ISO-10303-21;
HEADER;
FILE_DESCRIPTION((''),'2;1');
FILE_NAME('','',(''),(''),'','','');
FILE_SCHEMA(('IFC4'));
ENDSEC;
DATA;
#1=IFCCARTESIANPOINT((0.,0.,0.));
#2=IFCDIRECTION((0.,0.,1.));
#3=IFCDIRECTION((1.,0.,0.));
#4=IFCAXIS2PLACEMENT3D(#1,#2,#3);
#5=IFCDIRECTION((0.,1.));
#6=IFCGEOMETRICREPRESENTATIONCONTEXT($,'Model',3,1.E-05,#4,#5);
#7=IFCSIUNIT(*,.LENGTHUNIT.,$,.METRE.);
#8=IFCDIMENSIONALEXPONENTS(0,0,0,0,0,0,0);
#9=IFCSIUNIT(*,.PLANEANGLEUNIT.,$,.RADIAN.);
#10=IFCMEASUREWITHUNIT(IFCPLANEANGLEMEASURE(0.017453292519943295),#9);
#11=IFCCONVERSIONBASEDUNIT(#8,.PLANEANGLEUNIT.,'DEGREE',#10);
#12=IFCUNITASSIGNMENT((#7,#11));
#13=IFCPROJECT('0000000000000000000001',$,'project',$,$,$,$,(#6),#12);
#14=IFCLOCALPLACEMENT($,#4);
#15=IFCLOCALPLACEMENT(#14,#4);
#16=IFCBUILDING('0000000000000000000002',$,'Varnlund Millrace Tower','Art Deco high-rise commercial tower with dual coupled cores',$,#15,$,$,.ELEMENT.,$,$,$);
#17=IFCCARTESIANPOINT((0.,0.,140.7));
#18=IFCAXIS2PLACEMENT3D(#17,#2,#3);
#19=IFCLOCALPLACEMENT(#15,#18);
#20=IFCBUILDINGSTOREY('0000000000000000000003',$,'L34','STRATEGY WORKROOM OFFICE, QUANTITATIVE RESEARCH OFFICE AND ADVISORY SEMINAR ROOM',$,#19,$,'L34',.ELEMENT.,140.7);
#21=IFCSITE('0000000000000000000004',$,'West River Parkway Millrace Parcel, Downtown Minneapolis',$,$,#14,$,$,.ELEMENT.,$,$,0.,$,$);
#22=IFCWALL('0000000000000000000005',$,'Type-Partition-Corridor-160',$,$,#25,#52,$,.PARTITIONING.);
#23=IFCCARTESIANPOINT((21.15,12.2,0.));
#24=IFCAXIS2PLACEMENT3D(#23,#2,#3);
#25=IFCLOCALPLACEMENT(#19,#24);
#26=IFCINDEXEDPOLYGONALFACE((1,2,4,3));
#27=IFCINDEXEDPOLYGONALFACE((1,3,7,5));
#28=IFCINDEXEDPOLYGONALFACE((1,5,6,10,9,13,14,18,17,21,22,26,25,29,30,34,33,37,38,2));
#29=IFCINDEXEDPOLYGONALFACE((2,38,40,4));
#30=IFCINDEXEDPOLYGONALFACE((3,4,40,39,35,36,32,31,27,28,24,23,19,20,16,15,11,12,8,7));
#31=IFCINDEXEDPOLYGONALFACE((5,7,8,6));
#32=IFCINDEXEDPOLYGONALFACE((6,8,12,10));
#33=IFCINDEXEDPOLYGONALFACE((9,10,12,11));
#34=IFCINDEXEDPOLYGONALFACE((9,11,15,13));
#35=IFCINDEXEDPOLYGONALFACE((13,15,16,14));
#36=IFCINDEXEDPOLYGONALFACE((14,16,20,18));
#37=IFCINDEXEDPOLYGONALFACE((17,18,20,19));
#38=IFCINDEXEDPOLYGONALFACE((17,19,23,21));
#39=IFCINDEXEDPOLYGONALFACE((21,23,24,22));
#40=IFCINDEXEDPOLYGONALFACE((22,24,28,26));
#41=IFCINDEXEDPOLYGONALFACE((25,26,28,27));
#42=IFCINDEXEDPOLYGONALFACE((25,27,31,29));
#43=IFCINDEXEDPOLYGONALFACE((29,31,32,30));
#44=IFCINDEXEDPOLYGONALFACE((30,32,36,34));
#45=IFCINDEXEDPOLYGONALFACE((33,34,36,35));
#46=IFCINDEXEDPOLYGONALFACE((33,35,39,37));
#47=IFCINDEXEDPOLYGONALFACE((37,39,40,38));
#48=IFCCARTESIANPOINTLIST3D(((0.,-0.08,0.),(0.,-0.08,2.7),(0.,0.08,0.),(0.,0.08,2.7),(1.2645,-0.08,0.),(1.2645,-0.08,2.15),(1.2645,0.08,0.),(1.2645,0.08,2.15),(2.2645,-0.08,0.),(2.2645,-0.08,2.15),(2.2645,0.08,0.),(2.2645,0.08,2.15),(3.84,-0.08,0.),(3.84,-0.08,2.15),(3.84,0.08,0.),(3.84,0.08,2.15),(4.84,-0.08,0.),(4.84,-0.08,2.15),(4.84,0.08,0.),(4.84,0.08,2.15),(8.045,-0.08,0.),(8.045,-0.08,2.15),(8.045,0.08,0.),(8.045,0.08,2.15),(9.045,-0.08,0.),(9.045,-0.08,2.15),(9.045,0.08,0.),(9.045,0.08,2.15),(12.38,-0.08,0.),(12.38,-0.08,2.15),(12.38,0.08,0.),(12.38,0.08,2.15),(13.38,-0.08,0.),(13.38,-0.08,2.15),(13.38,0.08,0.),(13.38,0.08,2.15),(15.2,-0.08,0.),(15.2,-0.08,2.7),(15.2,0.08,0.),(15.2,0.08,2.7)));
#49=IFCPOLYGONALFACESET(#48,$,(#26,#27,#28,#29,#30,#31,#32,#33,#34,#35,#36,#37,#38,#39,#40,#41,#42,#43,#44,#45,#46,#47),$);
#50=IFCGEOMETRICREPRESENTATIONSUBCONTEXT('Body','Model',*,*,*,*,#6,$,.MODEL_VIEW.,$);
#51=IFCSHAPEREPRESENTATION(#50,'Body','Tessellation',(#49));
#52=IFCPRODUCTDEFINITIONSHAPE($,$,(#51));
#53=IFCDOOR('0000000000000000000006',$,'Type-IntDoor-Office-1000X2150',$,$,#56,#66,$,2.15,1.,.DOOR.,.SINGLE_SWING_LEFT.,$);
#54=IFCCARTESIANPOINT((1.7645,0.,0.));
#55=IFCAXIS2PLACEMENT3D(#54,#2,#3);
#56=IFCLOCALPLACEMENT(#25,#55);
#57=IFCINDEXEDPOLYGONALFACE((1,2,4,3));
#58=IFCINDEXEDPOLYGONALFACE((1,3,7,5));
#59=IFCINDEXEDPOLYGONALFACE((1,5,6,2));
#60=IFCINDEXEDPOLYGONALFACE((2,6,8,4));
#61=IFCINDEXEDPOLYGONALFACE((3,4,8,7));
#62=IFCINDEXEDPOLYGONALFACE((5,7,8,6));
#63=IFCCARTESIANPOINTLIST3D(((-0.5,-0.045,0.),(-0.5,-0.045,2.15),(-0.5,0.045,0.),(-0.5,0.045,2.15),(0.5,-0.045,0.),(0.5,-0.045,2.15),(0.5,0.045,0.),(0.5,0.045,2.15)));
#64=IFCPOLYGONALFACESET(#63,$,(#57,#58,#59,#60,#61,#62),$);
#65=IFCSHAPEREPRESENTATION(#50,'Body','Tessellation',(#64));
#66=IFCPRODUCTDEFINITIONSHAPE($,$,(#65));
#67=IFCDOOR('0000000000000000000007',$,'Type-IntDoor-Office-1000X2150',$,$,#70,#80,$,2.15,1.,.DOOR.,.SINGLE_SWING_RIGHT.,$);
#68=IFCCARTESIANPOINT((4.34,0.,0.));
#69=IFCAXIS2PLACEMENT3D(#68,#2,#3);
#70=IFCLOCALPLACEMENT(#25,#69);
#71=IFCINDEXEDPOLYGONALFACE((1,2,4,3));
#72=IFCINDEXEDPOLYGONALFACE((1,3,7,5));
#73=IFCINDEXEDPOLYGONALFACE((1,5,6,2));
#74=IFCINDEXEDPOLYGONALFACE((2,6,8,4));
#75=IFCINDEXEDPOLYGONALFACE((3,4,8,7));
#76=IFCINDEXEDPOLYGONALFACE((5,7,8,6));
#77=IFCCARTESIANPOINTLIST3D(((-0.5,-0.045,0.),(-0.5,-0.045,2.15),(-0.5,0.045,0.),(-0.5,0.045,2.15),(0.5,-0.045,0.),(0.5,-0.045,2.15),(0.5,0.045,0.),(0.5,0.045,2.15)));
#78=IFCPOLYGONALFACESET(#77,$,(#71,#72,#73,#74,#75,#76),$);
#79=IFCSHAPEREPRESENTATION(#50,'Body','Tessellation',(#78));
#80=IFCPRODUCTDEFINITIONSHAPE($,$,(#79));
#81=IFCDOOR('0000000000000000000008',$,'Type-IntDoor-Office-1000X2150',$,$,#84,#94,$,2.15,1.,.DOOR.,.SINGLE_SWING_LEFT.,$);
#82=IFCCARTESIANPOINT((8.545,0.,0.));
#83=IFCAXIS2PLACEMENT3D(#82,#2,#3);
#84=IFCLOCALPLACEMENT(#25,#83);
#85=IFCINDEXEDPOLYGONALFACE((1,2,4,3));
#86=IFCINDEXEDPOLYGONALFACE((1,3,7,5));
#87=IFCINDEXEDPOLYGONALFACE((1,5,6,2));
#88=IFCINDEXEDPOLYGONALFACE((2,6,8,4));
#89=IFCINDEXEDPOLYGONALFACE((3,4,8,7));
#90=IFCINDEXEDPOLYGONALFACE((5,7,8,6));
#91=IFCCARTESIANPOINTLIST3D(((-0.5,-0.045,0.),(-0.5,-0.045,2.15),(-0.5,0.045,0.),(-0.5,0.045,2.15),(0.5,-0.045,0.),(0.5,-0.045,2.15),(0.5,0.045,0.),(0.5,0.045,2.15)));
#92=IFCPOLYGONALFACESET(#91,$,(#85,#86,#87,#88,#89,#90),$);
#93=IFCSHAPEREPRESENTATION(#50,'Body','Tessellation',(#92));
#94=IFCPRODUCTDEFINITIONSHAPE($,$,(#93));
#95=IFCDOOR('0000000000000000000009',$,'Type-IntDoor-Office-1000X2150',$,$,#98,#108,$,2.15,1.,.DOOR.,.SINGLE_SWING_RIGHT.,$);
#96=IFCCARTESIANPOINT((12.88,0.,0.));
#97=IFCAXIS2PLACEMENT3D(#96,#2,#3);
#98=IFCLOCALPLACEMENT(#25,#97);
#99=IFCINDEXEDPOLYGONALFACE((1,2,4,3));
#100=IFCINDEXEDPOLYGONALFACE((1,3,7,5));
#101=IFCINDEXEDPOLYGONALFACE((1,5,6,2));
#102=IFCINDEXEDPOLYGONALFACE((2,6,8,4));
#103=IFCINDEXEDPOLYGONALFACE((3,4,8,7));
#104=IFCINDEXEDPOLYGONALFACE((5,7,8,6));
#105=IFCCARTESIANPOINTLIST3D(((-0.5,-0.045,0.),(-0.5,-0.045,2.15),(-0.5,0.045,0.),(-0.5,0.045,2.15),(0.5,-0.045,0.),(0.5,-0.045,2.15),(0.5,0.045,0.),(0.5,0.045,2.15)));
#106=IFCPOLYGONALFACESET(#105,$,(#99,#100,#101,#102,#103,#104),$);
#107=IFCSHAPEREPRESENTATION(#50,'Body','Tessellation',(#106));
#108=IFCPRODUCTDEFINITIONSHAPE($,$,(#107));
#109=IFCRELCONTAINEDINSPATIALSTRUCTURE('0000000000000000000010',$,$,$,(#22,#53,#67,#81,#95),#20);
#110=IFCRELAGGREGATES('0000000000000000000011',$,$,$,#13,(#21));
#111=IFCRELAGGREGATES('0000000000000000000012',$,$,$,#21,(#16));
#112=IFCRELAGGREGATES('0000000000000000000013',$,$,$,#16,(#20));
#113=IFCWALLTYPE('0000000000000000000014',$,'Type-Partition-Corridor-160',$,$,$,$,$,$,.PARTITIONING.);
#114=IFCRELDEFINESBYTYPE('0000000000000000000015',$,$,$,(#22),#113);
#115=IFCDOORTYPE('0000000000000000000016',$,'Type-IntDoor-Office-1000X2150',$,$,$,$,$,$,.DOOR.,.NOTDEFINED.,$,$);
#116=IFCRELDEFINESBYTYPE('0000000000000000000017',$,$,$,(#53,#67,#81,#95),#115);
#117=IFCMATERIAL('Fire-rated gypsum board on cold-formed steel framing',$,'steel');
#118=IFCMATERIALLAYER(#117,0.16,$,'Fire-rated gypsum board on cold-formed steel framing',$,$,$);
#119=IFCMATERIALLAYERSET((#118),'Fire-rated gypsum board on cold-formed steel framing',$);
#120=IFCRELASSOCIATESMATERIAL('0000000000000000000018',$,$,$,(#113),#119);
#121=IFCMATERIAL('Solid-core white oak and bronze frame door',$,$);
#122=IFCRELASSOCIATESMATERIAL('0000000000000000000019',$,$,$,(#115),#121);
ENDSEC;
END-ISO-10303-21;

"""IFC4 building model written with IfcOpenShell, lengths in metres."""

from ifc_helpers import new_model, entity, si_unit, converted_unit, direction, frame, origin_with_axes, origin_2d_with_axis, place, context, subcontext, project, spatial, polyline, rectangle, outline, extrude, material, layer, layer_set, type_object, element, fill, save


model = new_model("IFC4")

# Units and contexts
model_context = context("Model", 3, precision=1e-05, world=origin_with_axes(), true_north=direction((0.0, 1.0)))
body_context = subcontext(model_context, "Body", "Model", "MODEL_VIEW")
ifc_project = project(units=[si_unit("LENGTHUNIT", "METRE"), converted_unit("PLANEANGLEUNIT", "DEGREE", entity("IfcPlaneAngleMeasure", 0.017453292519943295), si_unit("PLANEANGLEUNIT", "RADIAN"), dimensions=[0, 0, 0, 0, 0, 0, 0])], contexts=[model_context])

# Site, building, storey
site_placement = place(None, origin_with_axes())
site = spatial("IfcSite", under=ifc_project, at=site_placement, Name="West River Parkway Millrace Parcel, Downtown Minneapolis", CompositionType="ELEMENT", RefElevation=0.0)
building_placement = place(site_placement, origin_with_axes())
building = spatial("IfcBuilding", under=site, at=building_placement, Name="Varnlund Millrace Tower", Description="Art Deco high-rise commercial tower with dual coupled cores", CompositionType="ELEMENT")
storey_placement = place(building_placement, frame((0.0, 0.0, 140.7), z_axis=(0.0, 0.0, 1.0), x_axis=(1.0, 0.0, 0.0)))
storey = spatial("IfcBuildingStorey", under=building, at=storey_placement, Name="L34", Description="STRATEGY WORKROOM OFFICE, QUANTITATIVE RESEARCH OFFICE AND ADVISORY SEMINAR ROOM", LongName="L34", CompositionType="ELEMENT", Elevation=140.7)

# Wall, openings, doors
ifc_material_1 = material(Name="Fire-rated gypsum board on cold-formed steel framing", Category="steel")
ifc_layer_1 = layer(ifc_material_1, 0.16, Name="Fire-rated gypsum board on cold-formed steel framing")
ifc_layer_set_1 = layer_set([ifc_layer_1], Name="Fire-rated gypsum board on cold-formed steel framing")
wall_type_1 = type_object("IfcWallType", Name="Type-Partition-Corridor-160", PredefinedType="PARTITIONING", material=ifc_layer_set_1)
wall_1_placement = place(storey_placement, frame((21.15, 12.2, 0.0), z_axis=(0.0, 0.0, 1.0), x_axis=(1.0, 0.0, 0.0)))
wall_1 = element("IfcWall", 1, at=wall_1_placement, inside=storey, type_object=wall_type_1, Name="Type-Partition-Corridor-160", PredefinedType="PARTITIONING", context=body_context, shape_type="SweptSolid", body=[
    extrude(outline(polyline([(0.0, -0.08), (15.2, -0.08), (15.2, 0.08), (0.0, 0.08), (0.0, -0.08)])), origin_with_axes(), (0.0, 0.0, 1.0), 2.7),
])
opening_1_placement = place(wall_1_placement, frame((1.7645, 0.0, 0.0), z_axis=(0.0, 0.0, 1.0), x_axis=(1.0, 0.0, 0.0)))
opening_1 = element("IfcOpeningElement", 2, at=opening_1_placement, cuts=wall_1, PredefinedType="OPENING", context=body_context, shape_type="SweptSolid", body=[
    extrude(rectangle(XDim=1.0, YDim=0.18, at=origin_2d_with_axis()), origin_with_axes(), (0.0, 0.0, 1.0), 2.15),
])
opening_2_placement = place(wall_1_placement, frame((4.34, 0.0, 0.0), z_axis=(0.0, 0.0, 1.0), x_axis=(1.0, 0.0, 0.0)))
opening_2 = element("IfcOpeningElement", 3, at=opening_2_placement, cuts=wall_1, PredefinedType="OPENING", context=body_context, shape_type="SweptSolid", body=[
    extrude(rectangle(XDim=1.0, YDim=0.18, at=origin_2d_with_axis()), origin_with_axes(), (0.0, 0.0, 1.0), 2.15),
])
opening_3_placement = place(wall_1_placement, frame((8.545, 0.0, 0.0), z_axis=(0.0, 0.0, 1.0), x_axis=(1.0, 0.0, 0.0)))
opening_3 = element("IfcOpeningElement", 4, at=opening_3_placement, cuts=wall_1, PredefinedType="OPENING", context=body_context, shape_type="SweptSolid", body=[
    extrude(rectangle(XDim=1.0, YDim=0.18, at=origin_2d_with_axis()), origin_with_axes(), (0.0, 0.0, 1.0), 2.15),
])
opening_4_placement = place(wall_1_placement, frame((12.88, 0.0, 0.0), z_axis=(0.0, 0.0, 1.0), x_axis=(1.0, 0.0, 0.0)))
opening_4 = element("IfcOpeningElement", 5, at=opening_4_placement, cuts=wall_1, PredefinedType="OPENING", context=body_context, shape_type="SweptSolid", body=[
    extrude(rectangle(XDim=1.0, YDim=0.18, at=origin_2d_with_axis()), origin_with_axes(), (0.0, 0.0, 1.0), 2.15),
])
ifc_material_2 = material(Name="Solid-core white oak and bronze frame door")
door_type_1 = type_object("IfcDoorType", Name="Type-IntDoor-Office-1000X2150", OperationType="NOTDEFINED", PredefinedType="DOOR", material=ifc_material_2)
door_1_placement = place(wall_1_placement, frame((1.7645, 0.0, 0.0), z_axis=(0.0, 0.0, 1.0), x_axis=(1.0, 0.0, 0.0)))
door_1 = element("IfcDoor", 6, at=door_1_placement, inside=storey, type_object=door_type_1, Name="Type-IntDoor-Office-1000X2150", OperationType="SINGLE_SWING_LEFT", OverallHeight=2.15, OverallWidth=1.0, PredefinedType="DOOR", context=body_context, shape_type="SweptSolid", body=[
    extrude(rectangle(XDim=1.0, YDim=0.09, at=origin_2d_with_axis()), origin_with_axes(), (0.0, 0.0, 1.0), 2.15),
])
fill(opening_1, door_1)
door_2_placement = place(wall_1_placement, frame((4.34, 0.0, 0.0), z_axis=(0.0, 0.0, 1.0), x_axis=(1.0, 0.0, 0.0)))
door_2 = element("IfcDoor", 7, at=door_2_placement, inside=storey, type_object=door_type_1, Name="Type-IntDoor-Office-1000X2150", OperationType="SINGLE_SWING_RIGHT", OverallHeight=2.15, OverallWidth=1.0, PredefinedType="DOOR", context=body_context, shape_type="SweptSolid", body=[
    extrude(rectangle(XDim=1.0, YDim=0.09, at=origin_2d_with_axis()), origin_with_axes(), (0.0, 0.0, 1.0), 2.15),
])
fill(opening_2, door_2)
door_3_placement = place(wall_1_placement, frame((8.545, 0.0, 0.0), z_axis=(0.0, 0.0, 1.0), x_axis=(1.0, 0.0, 0.0)))
door_3 = element("IfcDoor", 8, at=door_3_placement, inside=storey, type_object=door_type_1, Name="Type-IntDoor-Office-1000X2150", OperationType="SINGLE_SWING_LEFT", OverallHeight=2.15, OverallWidth=1.0, PredefinedType="DOOR", context=body_context, shape_type="SweptSolid", body=[
    extrude(rectangle(XDim=1.0, YDim=0.09, at=origin_2d_with_axis()), origin_with_axes(), (0.0, 0.0, 1.0), 2.15),
])
fill(opening_3, door_3)
door_4_placement = place(wall_1_placement, frame((12.88, 0.0, 0.0), z_axis=(0.0, 0.0, 1.0), x_axis=(1.0, 0.0, 0.0)))
door_4 = element("IfcDoor", 9, at=door_4_placement, inside=storey, type_object=door_type_1, Name="Type-IntDoor-Office-1000X2150", OperationType="SINGLE_SWING_RIGHT", OverallHeight=2.15, OverallWidth=1.0, PredefinedType="DOOR", context=body_context, shape_type="SweptSolid", body=[
    extrude(rectangle(XDim=1.0, YDim=0.09, at=origin_2d_with_axis()), origin_with_axes(), (0.0, 0.0, 1.0), 2.15),
])
fill(opening_4, door_4)

save(model, "model.ifc")
